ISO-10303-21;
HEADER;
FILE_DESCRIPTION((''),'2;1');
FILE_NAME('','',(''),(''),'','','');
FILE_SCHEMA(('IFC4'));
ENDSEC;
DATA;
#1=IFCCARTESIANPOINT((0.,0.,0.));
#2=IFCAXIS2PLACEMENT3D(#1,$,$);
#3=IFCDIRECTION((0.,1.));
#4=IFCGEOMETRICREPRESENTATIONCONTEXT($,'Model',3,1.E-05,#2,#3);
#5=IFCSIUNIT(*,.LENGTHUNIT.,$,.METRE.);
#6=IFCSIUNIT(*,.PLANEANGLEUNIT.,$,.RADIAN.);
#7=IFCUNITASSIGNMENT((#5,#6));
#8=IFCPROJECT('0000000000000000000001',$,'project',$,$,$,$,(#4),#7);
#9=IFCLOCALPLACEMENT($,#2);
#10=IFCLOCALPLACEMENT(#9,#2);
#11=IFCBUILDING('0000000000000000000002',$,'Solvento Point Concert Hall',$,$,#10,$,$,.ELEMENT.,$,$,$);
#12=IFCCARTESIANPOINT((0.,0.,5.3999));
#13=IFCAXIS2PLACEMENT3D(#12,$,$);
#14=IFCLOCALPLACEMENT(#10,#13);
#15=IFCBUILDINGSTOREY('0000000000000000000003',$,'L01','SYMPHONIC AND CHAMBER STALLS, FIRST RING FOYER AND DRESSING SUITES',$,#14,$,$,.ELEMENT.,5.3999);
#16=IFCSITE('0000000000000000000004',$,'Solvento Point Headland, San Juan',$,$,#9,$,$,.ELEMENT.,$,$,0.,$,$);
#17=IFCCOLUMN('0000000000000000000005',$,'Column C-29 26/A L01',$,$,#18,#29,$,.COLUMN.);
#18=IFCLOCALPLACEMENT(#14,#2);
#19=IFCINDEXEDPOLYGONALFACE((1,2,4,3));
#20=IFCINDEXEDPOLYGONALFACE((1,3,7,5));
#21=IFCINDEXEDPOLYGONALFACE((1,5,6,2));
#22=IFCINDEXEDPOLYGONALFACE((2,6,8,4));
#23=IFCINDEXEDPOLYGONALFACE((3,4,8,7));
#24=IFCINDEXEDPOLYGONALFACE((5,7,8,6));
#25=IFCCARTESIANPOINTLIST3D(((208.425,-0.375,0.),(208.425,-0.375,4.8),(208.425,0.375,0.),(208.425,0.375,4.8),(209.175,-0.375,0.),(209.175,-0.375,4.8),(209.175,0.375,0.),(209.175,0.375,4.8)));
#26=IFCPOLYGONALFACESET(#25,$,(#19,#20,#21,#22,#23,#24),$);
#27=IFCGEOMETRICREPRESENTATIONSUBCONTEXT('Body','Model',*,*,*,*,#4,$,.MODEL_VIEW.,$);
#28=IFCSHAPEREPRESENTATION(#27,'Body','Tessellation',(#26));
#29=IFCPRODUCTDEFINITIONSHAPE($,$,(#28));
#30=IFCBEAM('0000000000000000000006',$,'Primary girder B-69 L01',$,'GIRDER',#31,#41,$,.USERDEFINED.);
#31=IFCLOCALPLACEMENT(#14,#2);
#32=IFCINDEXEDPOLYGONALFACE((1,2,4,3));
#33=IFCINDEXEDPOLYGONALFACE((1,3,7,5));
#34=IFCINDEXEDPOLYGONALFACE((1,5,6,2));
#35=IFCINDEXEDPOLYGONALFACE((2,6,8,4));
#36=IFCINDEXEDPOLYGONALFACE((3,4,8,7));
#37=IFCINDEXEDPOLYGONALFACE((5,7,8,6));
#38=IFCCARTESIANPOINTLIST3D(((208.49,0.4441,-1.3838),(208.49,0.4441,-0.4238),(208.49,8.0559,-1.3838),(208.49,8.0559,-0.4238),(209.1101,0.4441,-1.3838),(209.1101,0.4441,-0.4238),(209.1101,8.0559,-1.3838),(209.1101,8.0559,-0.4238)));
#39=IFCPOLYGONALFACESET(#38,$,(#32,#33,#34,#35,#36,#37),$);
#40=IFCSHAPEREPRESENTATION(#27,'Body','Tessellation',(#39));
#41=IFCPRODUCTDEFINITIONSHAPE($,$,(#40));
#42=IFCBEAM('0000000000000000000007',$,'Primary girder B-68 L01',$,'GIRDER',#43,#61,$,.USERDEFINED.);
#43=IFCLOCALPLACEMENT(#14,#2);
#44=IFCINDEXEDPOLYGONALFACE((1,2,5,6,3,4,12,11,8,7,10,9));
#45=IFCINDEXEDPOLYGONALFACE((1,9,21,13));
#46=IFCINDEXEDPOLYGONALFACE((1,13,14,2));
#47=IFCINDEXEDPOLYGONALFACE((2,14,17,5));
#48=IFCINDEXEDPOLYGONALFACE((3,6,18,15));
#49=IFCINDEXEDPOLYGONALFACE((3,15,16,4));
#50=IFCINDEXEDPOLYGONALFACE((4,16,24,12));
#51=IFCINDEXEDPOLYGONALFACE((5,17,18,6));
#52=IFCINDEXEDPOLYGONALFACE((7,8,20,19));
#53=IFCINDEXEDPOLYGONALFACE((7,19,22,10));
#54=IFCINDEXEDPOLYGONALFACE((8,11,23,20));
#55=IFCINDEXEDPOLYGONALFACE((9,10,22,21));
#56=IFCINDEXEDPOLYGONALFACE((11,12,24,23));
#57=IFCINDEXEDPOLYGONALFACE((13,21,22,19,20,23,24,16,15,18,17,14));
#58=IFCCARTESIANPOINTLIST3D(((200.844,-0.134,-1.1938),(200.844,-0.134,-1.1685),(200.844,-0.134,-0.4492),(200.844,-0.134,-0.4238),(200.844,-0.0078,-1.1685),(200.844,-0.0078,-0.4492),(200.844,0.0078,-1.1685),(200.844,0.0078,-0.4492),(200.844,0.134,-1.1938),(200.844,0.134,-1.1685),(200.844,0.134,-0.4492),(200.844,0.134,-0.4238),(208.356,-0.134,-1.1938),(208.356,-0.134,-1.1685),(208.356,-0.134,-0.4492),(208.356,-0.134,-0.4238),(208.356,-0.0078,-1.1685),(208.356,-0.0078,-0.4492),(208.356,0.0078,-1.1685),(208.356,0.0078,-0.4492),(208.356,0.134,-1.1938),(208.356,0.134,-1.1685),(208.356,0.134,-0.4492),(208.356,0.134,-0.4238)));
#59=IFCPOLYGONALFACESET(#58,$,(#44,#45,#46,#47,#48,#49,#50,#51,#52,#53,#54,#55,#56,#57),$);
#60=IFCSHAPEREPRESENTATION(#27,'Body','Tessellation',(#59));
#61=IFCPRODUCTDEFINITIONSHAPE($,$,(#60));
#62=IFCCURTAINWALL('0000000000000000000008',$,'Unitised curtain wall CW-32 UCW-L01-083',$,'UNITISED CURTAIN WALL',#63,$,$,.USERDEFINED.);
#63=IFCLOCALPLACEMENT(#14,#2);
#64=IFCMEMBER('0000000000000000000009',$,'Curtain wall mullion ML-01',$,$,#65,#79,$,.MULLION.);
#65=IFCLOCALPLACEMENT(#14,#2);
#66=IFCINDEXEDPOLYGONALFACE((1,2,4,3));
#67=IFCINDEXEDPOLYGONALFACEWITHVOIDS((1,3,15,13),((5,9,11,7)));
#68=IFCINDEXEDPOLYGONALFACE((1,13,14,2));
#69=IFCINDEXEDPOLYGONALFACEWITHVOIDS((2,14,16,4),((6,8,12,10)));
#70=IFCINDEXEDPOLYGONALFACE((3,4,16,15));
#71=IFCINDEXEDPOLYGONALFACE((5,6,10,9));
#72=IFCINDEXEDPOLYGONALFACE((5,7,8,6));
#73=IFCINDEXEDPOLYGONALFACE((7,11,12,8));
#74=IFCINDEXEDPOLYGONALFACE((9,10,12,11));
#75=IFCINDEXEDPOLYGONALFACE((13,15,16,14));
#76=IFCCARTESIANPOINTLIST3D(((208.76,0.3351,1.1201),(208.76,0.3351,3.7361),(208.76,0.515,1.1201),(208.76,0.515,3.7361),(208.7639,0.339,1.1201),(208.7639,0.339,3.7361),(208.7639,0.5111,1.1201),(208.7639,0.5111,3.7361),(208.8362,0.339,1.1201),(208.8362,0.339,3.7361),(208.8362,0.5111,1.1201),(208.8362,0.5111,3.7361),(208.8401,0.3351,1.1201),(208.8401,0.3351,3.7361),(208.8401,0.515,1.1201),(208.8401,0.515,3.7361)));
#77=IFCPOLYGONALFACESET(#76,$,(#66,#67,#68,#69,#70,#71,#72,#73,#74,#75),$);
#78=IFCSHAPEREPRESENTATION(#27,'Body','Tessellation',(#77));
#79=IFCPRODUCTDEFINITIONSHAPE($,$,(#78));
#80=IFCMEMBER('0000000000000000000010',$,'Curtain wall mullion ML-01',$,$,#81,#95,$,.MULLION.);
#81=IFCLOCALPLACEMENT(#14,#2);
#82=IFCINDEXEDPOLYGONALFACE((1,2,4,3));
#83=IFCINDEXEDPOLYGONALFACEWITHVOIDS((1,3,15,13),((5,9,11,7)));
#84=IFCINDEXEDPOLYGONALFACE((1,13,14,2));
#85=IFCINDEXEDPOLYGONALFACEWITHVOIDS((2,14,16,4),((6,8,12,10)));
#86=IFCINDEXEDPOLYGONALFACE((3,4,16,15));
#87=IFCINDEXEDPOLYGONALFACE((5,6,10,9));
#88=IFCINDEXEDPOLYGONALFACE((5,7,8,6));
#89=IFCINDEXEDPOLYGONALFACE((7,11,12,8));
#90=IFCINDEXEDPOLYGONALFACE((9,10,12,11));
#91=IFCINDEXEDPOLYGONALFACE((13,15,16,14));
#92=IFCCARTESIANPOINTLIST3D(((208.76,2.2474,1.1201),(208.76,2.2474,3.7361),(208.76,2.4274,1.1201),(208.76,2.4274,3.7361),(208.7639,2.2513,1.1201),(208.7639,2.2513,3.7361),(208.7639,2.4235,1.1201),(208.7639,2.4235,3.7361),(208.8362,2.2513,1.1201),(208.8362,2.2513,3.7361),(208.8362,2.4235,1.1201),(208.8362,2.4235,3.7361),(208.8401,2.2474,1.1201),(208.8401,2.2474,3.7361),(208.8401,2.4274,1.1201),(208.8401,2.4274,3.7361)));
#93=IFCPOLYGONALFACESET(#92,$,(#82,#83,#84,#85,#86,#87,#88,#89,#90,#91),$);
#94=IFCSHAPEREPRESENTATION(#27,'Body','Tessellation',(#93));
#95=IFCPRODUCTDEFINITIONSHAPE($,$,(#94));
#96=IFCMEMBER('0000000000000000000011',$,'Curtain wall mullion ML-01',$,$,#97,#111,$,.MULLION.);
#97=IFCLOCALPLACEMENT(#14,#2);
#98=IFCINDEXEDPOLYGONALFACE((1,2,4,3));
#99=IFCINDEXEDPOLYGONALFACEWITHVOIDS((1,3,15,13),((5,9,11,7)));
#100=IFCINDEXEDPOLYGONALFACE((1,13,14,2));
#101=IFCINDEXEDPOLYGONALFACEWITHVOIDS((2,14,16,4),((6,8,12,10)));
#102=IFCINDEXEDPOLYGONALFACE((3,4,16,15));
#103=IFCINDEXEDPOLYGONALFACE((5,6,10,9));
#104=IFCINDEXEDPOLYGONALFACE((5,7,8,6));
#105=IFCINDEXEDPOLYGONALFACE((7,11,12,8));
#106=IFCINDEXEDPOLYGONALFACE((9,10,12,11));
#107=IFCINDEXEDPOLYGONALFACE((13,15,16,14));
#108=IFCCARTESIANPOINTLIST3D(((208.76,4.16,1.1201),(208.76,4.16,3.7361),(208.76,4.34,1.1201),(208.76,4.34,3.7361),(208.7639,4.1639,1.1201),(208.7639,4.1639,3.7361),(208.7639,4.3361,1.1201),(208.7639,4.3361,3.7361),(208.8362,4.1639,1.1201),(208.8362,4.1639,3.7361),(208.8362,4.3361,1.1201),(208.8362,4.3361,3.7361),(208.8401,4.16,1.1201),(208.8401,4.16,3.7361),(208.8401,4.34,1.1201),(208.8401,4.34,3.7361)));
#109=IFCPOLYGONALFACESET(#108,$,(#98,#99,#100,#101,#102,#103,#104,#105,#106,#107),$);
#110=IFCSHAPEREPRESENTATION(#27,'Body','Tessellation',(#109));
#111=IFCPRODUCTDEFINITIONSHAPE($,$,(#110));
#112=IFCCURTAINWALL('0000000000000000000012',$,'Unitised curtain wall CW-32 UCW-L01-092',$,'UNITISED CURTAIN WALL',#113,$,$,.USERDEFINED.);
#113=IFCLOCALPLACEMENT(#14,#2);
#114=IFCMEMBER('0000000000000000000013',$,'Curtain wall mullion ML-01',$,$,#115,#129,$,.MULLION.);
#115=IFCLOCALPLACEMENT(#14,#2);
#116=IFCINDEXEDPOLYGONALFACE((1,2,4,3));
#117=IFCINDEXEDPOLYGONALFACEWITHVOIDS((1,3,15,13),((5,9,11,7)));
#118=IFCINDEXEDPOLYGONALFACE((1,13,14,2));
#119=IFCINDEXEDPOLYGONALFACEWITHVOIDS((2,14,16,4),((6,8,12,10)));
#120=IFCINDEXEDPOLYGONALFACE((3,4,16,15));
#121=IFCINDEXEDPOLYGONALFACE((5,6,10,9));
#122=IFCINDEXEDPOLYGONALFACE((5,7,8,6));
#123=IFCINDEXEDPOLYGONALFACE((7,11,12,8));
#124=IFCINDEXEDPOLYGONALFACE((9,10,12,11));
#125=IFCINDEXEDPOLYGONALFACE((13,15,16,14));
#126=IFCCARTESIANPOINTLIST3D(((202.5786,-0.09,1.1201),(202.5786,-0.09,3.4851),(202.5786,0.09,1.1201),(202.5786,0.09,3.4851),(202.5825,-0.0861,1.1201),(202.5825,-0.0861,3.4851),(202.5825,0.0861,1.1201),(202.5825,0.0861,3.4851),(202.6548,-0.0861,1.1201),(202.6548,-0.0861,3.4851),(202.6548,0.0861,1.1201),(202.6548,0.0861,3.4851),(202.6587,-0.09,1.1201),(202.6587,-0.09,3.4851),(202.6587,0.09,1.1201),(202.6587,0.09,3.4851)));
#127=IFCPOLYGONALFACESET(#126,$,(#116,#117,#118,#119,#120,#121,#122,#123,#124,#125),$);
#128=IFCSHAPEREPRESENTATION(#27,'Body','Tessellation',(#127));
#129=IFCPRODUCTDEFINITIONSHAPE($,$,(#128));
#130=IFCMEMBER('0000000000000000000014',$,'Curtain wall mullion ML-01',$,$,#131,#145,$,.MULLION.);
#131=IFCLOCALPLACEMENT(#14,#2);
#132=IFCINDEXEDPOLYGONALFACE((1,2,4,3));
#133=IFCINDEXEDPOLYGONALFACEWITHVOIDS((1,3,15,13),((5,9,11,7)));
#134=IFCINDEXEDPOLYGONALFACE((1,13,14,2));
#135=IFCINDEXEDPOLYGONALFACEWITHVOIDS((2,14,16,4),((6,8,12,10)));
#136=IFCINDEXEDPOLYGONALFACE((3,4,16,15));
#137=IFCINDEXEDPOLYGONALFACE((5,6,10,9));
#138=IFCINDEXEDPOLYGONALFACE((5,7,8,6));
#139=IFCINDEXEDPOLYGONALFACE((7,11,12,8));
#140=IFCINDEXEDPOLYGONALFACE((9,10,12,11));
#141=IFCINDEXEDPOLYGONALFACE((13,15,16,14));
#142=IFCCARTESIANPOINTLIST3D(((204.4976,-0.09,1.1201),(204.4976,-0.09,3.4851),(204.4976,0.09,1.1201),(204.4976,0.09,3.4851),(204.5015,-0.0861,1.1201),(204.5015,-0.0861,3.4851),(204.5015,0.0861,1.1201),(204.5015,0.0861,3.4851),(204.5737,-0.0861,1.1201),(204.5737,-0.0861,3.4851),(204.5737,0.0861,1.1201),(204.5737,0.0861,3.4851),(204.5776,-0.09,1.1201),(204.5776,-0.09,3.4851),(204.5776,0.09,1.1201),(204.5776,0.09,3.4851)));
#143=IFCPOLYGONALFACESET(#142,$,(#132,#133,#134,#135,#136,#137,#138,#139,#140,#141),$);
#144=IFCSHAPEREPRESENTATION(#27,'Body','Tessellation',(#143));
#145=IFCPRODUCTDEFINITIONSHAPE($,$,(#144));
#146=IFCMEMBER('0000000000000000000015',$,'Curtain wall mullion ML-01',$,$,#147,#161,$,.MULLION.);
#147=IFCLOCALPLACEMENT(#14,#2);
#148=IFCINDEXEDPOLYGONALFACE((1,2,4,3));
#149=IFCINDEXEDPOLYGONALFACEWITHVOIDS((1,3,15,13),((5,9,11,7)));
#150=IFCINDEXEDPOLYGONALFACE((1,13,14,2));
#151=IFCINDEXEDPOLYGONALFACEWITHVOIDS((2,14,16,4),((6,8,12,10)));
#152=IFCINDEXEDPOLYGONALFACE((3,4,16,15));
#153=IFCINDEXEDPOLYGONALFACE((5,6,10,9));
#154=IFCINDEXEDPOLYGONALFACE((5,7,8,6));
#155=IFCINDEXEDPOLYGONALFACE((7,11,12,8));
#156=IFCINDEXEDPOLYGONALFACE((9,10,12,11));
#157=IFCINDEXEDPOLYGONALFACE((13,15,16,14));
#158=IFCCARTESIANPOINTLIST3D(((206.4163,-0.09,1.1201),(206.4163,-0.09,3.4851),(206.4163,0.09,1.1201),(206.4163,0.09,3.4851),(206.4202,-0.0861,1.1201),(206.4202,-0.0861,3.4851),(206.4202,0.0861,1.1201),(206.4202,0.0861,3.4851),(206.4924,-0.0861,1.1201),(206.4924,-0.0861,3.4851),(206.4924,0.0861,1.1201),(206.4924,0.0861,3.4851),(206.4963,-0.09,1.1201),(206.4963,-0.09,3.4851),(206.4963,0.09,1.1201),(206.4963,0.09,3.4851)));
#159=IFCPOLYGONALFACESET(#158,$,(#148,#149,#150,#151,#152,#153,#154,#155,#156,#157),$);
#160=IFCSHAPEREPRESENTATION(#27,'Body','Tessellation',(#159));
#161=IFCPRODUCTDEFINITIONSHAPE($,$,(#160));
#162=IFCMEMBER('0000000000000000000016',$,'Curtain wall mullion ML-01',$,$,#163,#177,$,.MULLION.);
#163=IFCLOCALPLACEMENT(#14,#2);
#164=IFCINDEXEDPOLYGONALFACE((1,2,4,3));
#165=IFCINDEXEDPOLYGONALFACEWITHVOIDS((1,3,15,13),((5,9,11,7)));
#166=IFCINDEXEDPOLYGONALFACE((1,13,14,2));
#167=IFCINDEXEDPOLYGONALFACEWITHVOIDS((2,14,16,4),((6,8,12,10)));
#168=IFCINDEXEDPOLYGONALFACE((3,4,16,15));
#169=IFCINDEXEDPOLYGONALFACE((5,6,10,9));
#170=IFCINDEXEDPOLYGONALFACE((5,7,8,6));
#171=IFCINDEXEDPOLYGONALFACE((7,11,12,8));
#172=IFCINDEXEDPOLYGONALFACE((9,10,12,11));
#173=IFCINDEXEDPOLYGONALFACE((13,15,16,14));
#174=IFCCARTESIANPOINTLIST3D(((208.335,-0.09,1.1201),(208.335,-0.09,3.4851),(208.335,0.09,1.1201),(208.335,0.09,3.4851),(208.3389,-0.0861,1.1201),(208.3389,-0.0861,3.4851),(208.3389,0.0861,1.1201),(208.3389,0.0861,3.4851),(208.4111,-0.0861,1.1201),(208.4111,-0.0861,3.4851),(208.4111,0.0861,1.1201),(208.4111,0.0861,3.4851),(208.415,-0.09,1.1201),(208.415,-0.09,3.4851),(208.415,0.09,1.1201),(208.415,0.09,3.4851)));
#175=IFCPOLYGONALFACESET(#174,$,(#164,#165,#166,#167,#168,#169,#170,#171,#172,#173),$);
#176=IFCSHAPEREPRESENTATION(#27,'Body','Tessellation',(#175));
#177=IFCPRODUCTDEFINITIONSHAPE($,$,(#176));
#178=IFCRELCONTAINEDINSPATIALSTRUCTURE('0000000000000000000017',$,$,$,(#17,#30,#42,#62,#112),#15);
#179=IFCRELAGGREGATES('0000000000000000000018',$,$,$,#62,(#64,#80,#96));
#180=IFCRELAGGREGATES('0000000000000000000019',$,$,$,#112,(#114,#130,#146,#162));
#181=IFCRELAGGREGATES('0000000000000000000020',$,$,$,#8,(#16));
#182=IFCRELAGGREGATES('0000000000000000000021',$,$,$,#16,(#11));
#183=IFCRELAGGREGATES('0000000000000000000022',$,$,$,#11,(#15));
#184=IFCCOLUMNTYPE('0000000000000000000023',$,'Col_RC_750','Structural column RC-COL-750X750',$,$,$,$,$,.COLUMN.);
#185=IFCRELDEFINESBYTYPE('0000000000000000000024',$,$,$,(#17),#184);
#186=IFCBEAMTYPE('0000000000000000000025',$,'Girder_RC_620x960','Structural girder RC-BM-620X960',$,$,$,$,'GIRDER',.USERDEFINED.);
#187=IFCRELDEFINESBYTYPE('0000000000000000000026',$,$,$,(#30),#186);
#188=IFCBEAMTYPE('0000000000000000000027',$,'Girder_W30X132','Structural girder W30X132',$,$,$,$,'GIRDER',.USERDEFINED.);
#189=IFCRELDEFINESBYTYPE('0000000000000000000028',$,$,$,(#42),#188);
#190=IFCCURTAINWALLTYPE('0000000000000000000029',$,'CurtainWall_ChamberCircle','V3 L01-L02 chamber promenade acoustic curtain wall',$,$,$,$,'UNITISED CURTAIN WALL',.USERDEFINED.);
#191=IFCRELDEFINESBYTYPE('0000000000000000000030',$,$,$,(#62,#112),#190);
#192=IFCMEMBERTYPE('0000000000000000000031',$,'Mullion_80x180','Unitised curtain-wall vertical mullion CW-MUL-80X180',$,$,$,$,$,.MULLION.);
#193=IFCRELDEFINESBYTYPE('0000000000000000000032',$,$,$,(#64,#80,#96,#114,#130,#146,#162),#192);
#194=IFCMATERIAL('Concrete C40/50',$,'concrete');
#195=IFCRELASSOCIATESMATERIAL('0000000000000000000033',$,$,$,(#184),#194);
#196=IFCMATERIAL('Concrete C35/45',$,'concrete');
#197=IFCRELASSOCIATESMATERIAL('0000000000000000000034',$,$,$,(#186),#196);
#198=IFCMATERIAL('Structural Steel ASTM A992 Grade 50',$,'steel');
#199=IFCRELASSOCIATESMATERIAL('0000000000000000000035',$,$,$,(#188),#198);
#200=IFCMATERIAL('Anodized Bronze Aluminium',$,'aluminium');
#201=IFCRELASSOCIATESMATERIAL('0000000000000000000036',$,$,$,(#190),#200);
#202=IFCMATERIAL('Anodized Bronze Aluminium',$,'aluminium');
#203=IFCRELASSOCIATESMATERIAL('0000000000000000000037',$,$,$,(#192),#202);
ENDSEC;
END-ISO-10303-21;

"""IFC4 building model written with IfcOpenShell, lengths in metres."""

from ifc_helpers import new_model, si_unit, direction, frame, origin, origin_2d, place, context, subcontext, project, spatial, rectangle, hollow_rectangle, i_section, extrude, material, material_profile, profile_set, type_object, element, aggregate, save


model = new_model("IFC4")

# Units and contexts
model_context = context("Model", 3, precision=1e-05, world=origin(), true_north=direction((0.0, 1.0)))
body_context = subcontext(model_context, "Body", "Model", "MODEL_VIEW")
ifc_project = project(units=[si_unit("LENGTHUNIT", "METRE"), si_unit("PLANEANGLEUNIT", "RADIAN")], contexts=[model_context])

# Site, building, storey
site_placement = place(None, origin())
site = spatial("IfcSite", under=ifc_project, at=site_placement, Name="Solvento Point Headland, San Juan", CompositionType="ELEMENT", RefElevation=0.0)
building_placement = place(site_placement, origin())
building = spatial("IfcBuilding", under=site, at=building_placement, Name="Solvento Point Concert Hall", CompositionType="ELEMENT")
storey_placement = place(building_placement, frame((0.0, 0.0, 5.3999)))
storey = spatial("IfcBuildingStorey", under=building, at=storey_placement, Name="L01", Description="SYMPHONIC AND CHAMBER STALLS, FIRST RING FOYER AND DRESSING SUITES", CompositionType="ELEMENT", Elevation=5.3999)

# Column
ifc_material_1 = material(Name="Concrete C40/50", Category="concrete")
ifc_material_profile_1 = material_profile(ifc_material_1, rectangle(XDim=0.75, YDim=0.75, at=origin_2d()), Name="RC-COL-750X750")
ifc_profile_set_1 = profile_set([ifc_material_profile_1], Name="Concrete C40/50")
column_type = type_object("IfcColumnType", Name="Col_RC_750", Description="Structural column RC-COL-750X750", PredefinedType="COLUMN", material=ifc_profile_set_1)
column_placement = place(storey_placement, frame((208.8, 0.0, 0.0), z_axis=(0.0, 0.0, 1.0), x_axis=(1.0, 0.0, 0.0)))
element("IfcColumn", 1, at=column_placement, inside=storey, type_object=column_type, Name="Column C-29 26/A L01", PredefinedType="COLUMN", context=body_context, shape_type="SweptSolid", body=[
    extrude(rectangle(XDim=0.75, YDim=0.75, at=origin_2d()), origin(), (0.0, 0.0, 1.0), 4.8),
])

# Beams
ifc_material_2 = material(Name="Concrete C35/45", Category="concrete")
ifc_material_profile_2 = material_profile(ifc_material_2, rectangle(XDim=0.6201, YDim=0.96, at=origin_2d()), Name="RC-BM-620X960")
ifc_profile_set_2 = profile_set([ifc_material_profile_2], Name="Concrete C35/45")
beam_type_1 = type_object("IfcBeamType", Name="Girder_RC_620x960", Description="Structural girder RC-BM-620X960", ElementType="GIRDER", PredefinedType="USERDEFINED", material=ifc_profile_set_2)
beam_1_placement = place(storey_placement, frame((208.8, 0.4441, -0.9038), z_axis=(0.0, 1.0, 0.0), x_axis=(-1.0, 0.0, 0.0)))
element("IfcBeam", 2, at=beam_1_placement, inside=storey, type_object=beam_type_1, Name="Primary girder B-69 L01", ObjectType="GIRDER", PredefinedType="USERDEFINED", context=body_context, shape_type="SweptSolid", body=[
    extrude(rectangle(XDim=0.6201, YDim=0.96, at=origin_2d()), origin(), (0.0, 0.0, 1.0), 7.6118),
])
ifc_material_3 = material(Name="Structural Steel ASTM A992 Grade 50", Category="steel")
ifc_material_profile_3 = material_profile(ifc_material_3, i_section(OverallWidth=0.2681, OverallDepth=0.77, WebThickness=0.0156, FlangeThickness=0.0254, at=origin_2d()), Name="W30X132")
ifc_profile_set_3 = profile_set([ifc_material_profile_3], Name="Structural Steel ASTM A992 Grade 50")
beam_type_2 = type_object("IfcBeamType", Name="Girder_W30X132", Description="Structural girder W30X132", ElementType="GIRDER", PredefinedType="USERDEFINED", material=ifc_profile_set_3)
beam_2_placement = place(storey_placement, frame((200.844, 0.0, -0.8088), z_axis=(1.0, 0.0, 0.0), x_axis=(0.0, 1.0, 0.0)))
element("IfcBeam", 3, at=beam_2_placement, inside=storey, type_object=beam_type_2, Name="Primary girder B-68 L01", ObjectType="GIRDER", PredefinedType="USERDEFINED", context=body_context, shape_type="SweptSolid", body=[
    extrude(i_section(OverallWidth=0.2681, OverallDepth=0.77, WebThickness=0.0156, FlangeThickness=0.0254, at=origin_2d()), origin(), (0.0, 0.0, 1.0), 7.512),
])

# Curtain walls, members
ifc_material_4 = material(Name="Anodized Bronze Aluminium", Category="aluminium")
curtain_wall_type = type_object("IfcCurtainWallType", Name="CurtainWall_ChamberCircle", Description="V3 L01-L02 chamber promenade acoustic curtain wall", ElementType="UNITISED CURTAIN WALL", PredefinedType="USERDEFINED", material=ifc_material_4)
curtain_wall_1_placement = place(storey_placement, origin())
curtain_wall_1 = element("IfcCurtainWall", 4, at=curtain_wall_1_placement, inside=storey, type_object=curtain_wall_type, Name="Unitised curtain wall CW-32 UCW-L01-083", ObjectType="UNITISED CURTAIN WALL", PredefinedType="USERDEFINED")
ifc_material_5 = material(Name="Anodized Bronze Aluminium", Category="aluminium")
ifc_material_profile_4 = material_profile(ifc_material_5, hollow_rectangle(XDim=0.0801, YDim=0.1799, WallThickness=0.0039, at=origin_2d()), Name="CW-MUL-80X180")
ifc_profile_set_4 = profile_set([ifc_material_profile_4], Name="Anodized Bronze Aluminium")
member_type_1 = type_object("IfcMemberType", Name="Mullion_80x180", Description="Unitised curtain-wall vertical mullion CW-MUL-80X180", PredefinedType="MULLION", material=ifc_profile_set_4)
member_1_placement = place(storey_placement, frame((208.8, 0.425, 1.1201), z_axis=(0.0, 0.0, 1.0), x_axis=(1.0, 0.0, 0.0)))
member_1 = element("IfcMember", 5, at=member_1_placement, type_object=member_type_1, Name="Curtain wall mullion ML-01", PredefinedType="MULLION", context=body_context, shape_type="SweptSolid", body=[
    extrude(hollow_rectangle(XDim=0.0801, YDim=0.1799, WallThickness=0.0039, at=origin_2d()), origin(), (0.0, 0.0, 1.0), 2.616),
])
member_2_placement = place(storey_placement, frame((208.8, 2.3374, 1.1201), z_axis=(0.0, 0.0, 1.0), x_axis=(1.0, 0.0, 0.0)))
member_2 = element("IfcMember", 6, at=member_2_placement, type_object=member_type_1, Name="Curtain wall mullion ML-01", PredefinedType="MULLION", context=body_context, shape_type="SweptSolid", body=[
    extrude(hollow_rectangle(XDim=0.0801, YDim=0.1799, WallThickness=0.0039, at=origin_2d()), origin(), (0.0, 0.0, 1.0), 2.616),
])
member_3_placement = place(storey_placement, frame((208.8, 4.25, 1.1201), z_axis=(0.0, 0.0, 1.0), x_axis=(1.0, 0.0, 0.0)))
member_3 = element("IfcMember", 7, at=member_3_placement, type_object=member_type_1, Name="Curtain wall mullion ML-01", PredefinedType="MULLION", context=body_context, shape_type="SweptSolid", body=[
    extrude(hollow_rectangle(XDim=0.0801, YDim=0.1799, WallThickness=0.0039, at=origin_2d()), origin(), (0.0, 0.0, 1.0), 2.616),
])
curtain_wall_2_placement = place(storey_placement, origin())
curtain_wall_2 = element("IfcCurtainWall", 8, at=curtain_wall_2_placement, inside=storey, type_object=curtain_wall_type, Name="Unitised curtain wall CW-32 UCW-L01-092", ObjectType="UNITISED CURTAIN WALL", PredefinedType="USERDEFINED")
member_4_placement = place(storey_placement, frame((202.6187, 0.0, 1.1201), z_axis=(0.0, 0.0, 1.0), x_axis=(1.0, 0.0, 0.0)))
member_4 = element("IfcMember", 9, at=member_4_placement, type_object=member_type_1, Name="Curtain wall mullion ML-01", PredefinedType="MULLION", context=body_context, shape_type="SweptSolid", body=[
    extrude(hollow_rectangle(XDim=0.0801, YDim=0.1799, WallThickness=0.0039, at=origin_2d()), origin(), (0.0, 0.0, 1.0), 2.365),
])
member_5_placement = place(storey_placement, frame((204.5376, 0.0, 1.1201), z_axis=(0.0, 0.0, 1.0), x_axis=(1.0, 0.0, 0.0)))
member_5 = element("IfcMember", 10, at=member_5_placement, type_object=member_type_1, Name="Curtain wall mullion ML-01", PredefinedType="MULLION", context=body_context, shape_type="SweptSolid", body=[
    extrude(hollow_rectangle(XDim=0.0801, YDim=0.1799, WallThickness=0.0039, at=origin_2d()), origin(), (0.0, 0.0, 1.0), 2.365),
])
member_6_placement = place(storey_placement, frame((206.4563, 0.0, 1.1201), z_axis=(0.0, 0.0, 1.0), x_axis=(1.0, 0.0, 0.0)))
member_6 = element("IfcMember", 11, at=member_6_placement, type_object=member_type_1, Name="Curtain wall mullion ML-01", PredefinedType="MULLION", context=body_context, shape_type="SweptSolid", body=[
    extrude(hollow_rectangle(XDim=0.0801, YDim=0.1799, WallThickness=0.0039, at=origin_2d()), origin(), (0.0, 0.0, 1.0), 2.365),
])
member_7_placement = place(storey_placement, frame((208.375, 0.0, 1.1201), z_axis=(0.0, 0.0, 1.0), x_axis=(1.0, 0.0, 0.0)))
member_7 = element("IfcMember", 12, at=member_7_placement, type_object=member_type_1, Name="Curtain wall mullion ML-01", PredefinedType="MULLION", context=body_context, shape_type="SweptSolid", body=[
    extrude(hollow_rectangle(XDim=0.0801, YDim=0.1799, WallThickness=0.0039, at=origin_2d()), origin(), (0.0, 0.0, 1.0), 2.365),
])

aggregate(curtain_wall_1, [member_1, member_2, member_3])
aggregate(curtain_wall_2, [member_4, member_5, member_6, member_7])

save(model, "model.ifc")
